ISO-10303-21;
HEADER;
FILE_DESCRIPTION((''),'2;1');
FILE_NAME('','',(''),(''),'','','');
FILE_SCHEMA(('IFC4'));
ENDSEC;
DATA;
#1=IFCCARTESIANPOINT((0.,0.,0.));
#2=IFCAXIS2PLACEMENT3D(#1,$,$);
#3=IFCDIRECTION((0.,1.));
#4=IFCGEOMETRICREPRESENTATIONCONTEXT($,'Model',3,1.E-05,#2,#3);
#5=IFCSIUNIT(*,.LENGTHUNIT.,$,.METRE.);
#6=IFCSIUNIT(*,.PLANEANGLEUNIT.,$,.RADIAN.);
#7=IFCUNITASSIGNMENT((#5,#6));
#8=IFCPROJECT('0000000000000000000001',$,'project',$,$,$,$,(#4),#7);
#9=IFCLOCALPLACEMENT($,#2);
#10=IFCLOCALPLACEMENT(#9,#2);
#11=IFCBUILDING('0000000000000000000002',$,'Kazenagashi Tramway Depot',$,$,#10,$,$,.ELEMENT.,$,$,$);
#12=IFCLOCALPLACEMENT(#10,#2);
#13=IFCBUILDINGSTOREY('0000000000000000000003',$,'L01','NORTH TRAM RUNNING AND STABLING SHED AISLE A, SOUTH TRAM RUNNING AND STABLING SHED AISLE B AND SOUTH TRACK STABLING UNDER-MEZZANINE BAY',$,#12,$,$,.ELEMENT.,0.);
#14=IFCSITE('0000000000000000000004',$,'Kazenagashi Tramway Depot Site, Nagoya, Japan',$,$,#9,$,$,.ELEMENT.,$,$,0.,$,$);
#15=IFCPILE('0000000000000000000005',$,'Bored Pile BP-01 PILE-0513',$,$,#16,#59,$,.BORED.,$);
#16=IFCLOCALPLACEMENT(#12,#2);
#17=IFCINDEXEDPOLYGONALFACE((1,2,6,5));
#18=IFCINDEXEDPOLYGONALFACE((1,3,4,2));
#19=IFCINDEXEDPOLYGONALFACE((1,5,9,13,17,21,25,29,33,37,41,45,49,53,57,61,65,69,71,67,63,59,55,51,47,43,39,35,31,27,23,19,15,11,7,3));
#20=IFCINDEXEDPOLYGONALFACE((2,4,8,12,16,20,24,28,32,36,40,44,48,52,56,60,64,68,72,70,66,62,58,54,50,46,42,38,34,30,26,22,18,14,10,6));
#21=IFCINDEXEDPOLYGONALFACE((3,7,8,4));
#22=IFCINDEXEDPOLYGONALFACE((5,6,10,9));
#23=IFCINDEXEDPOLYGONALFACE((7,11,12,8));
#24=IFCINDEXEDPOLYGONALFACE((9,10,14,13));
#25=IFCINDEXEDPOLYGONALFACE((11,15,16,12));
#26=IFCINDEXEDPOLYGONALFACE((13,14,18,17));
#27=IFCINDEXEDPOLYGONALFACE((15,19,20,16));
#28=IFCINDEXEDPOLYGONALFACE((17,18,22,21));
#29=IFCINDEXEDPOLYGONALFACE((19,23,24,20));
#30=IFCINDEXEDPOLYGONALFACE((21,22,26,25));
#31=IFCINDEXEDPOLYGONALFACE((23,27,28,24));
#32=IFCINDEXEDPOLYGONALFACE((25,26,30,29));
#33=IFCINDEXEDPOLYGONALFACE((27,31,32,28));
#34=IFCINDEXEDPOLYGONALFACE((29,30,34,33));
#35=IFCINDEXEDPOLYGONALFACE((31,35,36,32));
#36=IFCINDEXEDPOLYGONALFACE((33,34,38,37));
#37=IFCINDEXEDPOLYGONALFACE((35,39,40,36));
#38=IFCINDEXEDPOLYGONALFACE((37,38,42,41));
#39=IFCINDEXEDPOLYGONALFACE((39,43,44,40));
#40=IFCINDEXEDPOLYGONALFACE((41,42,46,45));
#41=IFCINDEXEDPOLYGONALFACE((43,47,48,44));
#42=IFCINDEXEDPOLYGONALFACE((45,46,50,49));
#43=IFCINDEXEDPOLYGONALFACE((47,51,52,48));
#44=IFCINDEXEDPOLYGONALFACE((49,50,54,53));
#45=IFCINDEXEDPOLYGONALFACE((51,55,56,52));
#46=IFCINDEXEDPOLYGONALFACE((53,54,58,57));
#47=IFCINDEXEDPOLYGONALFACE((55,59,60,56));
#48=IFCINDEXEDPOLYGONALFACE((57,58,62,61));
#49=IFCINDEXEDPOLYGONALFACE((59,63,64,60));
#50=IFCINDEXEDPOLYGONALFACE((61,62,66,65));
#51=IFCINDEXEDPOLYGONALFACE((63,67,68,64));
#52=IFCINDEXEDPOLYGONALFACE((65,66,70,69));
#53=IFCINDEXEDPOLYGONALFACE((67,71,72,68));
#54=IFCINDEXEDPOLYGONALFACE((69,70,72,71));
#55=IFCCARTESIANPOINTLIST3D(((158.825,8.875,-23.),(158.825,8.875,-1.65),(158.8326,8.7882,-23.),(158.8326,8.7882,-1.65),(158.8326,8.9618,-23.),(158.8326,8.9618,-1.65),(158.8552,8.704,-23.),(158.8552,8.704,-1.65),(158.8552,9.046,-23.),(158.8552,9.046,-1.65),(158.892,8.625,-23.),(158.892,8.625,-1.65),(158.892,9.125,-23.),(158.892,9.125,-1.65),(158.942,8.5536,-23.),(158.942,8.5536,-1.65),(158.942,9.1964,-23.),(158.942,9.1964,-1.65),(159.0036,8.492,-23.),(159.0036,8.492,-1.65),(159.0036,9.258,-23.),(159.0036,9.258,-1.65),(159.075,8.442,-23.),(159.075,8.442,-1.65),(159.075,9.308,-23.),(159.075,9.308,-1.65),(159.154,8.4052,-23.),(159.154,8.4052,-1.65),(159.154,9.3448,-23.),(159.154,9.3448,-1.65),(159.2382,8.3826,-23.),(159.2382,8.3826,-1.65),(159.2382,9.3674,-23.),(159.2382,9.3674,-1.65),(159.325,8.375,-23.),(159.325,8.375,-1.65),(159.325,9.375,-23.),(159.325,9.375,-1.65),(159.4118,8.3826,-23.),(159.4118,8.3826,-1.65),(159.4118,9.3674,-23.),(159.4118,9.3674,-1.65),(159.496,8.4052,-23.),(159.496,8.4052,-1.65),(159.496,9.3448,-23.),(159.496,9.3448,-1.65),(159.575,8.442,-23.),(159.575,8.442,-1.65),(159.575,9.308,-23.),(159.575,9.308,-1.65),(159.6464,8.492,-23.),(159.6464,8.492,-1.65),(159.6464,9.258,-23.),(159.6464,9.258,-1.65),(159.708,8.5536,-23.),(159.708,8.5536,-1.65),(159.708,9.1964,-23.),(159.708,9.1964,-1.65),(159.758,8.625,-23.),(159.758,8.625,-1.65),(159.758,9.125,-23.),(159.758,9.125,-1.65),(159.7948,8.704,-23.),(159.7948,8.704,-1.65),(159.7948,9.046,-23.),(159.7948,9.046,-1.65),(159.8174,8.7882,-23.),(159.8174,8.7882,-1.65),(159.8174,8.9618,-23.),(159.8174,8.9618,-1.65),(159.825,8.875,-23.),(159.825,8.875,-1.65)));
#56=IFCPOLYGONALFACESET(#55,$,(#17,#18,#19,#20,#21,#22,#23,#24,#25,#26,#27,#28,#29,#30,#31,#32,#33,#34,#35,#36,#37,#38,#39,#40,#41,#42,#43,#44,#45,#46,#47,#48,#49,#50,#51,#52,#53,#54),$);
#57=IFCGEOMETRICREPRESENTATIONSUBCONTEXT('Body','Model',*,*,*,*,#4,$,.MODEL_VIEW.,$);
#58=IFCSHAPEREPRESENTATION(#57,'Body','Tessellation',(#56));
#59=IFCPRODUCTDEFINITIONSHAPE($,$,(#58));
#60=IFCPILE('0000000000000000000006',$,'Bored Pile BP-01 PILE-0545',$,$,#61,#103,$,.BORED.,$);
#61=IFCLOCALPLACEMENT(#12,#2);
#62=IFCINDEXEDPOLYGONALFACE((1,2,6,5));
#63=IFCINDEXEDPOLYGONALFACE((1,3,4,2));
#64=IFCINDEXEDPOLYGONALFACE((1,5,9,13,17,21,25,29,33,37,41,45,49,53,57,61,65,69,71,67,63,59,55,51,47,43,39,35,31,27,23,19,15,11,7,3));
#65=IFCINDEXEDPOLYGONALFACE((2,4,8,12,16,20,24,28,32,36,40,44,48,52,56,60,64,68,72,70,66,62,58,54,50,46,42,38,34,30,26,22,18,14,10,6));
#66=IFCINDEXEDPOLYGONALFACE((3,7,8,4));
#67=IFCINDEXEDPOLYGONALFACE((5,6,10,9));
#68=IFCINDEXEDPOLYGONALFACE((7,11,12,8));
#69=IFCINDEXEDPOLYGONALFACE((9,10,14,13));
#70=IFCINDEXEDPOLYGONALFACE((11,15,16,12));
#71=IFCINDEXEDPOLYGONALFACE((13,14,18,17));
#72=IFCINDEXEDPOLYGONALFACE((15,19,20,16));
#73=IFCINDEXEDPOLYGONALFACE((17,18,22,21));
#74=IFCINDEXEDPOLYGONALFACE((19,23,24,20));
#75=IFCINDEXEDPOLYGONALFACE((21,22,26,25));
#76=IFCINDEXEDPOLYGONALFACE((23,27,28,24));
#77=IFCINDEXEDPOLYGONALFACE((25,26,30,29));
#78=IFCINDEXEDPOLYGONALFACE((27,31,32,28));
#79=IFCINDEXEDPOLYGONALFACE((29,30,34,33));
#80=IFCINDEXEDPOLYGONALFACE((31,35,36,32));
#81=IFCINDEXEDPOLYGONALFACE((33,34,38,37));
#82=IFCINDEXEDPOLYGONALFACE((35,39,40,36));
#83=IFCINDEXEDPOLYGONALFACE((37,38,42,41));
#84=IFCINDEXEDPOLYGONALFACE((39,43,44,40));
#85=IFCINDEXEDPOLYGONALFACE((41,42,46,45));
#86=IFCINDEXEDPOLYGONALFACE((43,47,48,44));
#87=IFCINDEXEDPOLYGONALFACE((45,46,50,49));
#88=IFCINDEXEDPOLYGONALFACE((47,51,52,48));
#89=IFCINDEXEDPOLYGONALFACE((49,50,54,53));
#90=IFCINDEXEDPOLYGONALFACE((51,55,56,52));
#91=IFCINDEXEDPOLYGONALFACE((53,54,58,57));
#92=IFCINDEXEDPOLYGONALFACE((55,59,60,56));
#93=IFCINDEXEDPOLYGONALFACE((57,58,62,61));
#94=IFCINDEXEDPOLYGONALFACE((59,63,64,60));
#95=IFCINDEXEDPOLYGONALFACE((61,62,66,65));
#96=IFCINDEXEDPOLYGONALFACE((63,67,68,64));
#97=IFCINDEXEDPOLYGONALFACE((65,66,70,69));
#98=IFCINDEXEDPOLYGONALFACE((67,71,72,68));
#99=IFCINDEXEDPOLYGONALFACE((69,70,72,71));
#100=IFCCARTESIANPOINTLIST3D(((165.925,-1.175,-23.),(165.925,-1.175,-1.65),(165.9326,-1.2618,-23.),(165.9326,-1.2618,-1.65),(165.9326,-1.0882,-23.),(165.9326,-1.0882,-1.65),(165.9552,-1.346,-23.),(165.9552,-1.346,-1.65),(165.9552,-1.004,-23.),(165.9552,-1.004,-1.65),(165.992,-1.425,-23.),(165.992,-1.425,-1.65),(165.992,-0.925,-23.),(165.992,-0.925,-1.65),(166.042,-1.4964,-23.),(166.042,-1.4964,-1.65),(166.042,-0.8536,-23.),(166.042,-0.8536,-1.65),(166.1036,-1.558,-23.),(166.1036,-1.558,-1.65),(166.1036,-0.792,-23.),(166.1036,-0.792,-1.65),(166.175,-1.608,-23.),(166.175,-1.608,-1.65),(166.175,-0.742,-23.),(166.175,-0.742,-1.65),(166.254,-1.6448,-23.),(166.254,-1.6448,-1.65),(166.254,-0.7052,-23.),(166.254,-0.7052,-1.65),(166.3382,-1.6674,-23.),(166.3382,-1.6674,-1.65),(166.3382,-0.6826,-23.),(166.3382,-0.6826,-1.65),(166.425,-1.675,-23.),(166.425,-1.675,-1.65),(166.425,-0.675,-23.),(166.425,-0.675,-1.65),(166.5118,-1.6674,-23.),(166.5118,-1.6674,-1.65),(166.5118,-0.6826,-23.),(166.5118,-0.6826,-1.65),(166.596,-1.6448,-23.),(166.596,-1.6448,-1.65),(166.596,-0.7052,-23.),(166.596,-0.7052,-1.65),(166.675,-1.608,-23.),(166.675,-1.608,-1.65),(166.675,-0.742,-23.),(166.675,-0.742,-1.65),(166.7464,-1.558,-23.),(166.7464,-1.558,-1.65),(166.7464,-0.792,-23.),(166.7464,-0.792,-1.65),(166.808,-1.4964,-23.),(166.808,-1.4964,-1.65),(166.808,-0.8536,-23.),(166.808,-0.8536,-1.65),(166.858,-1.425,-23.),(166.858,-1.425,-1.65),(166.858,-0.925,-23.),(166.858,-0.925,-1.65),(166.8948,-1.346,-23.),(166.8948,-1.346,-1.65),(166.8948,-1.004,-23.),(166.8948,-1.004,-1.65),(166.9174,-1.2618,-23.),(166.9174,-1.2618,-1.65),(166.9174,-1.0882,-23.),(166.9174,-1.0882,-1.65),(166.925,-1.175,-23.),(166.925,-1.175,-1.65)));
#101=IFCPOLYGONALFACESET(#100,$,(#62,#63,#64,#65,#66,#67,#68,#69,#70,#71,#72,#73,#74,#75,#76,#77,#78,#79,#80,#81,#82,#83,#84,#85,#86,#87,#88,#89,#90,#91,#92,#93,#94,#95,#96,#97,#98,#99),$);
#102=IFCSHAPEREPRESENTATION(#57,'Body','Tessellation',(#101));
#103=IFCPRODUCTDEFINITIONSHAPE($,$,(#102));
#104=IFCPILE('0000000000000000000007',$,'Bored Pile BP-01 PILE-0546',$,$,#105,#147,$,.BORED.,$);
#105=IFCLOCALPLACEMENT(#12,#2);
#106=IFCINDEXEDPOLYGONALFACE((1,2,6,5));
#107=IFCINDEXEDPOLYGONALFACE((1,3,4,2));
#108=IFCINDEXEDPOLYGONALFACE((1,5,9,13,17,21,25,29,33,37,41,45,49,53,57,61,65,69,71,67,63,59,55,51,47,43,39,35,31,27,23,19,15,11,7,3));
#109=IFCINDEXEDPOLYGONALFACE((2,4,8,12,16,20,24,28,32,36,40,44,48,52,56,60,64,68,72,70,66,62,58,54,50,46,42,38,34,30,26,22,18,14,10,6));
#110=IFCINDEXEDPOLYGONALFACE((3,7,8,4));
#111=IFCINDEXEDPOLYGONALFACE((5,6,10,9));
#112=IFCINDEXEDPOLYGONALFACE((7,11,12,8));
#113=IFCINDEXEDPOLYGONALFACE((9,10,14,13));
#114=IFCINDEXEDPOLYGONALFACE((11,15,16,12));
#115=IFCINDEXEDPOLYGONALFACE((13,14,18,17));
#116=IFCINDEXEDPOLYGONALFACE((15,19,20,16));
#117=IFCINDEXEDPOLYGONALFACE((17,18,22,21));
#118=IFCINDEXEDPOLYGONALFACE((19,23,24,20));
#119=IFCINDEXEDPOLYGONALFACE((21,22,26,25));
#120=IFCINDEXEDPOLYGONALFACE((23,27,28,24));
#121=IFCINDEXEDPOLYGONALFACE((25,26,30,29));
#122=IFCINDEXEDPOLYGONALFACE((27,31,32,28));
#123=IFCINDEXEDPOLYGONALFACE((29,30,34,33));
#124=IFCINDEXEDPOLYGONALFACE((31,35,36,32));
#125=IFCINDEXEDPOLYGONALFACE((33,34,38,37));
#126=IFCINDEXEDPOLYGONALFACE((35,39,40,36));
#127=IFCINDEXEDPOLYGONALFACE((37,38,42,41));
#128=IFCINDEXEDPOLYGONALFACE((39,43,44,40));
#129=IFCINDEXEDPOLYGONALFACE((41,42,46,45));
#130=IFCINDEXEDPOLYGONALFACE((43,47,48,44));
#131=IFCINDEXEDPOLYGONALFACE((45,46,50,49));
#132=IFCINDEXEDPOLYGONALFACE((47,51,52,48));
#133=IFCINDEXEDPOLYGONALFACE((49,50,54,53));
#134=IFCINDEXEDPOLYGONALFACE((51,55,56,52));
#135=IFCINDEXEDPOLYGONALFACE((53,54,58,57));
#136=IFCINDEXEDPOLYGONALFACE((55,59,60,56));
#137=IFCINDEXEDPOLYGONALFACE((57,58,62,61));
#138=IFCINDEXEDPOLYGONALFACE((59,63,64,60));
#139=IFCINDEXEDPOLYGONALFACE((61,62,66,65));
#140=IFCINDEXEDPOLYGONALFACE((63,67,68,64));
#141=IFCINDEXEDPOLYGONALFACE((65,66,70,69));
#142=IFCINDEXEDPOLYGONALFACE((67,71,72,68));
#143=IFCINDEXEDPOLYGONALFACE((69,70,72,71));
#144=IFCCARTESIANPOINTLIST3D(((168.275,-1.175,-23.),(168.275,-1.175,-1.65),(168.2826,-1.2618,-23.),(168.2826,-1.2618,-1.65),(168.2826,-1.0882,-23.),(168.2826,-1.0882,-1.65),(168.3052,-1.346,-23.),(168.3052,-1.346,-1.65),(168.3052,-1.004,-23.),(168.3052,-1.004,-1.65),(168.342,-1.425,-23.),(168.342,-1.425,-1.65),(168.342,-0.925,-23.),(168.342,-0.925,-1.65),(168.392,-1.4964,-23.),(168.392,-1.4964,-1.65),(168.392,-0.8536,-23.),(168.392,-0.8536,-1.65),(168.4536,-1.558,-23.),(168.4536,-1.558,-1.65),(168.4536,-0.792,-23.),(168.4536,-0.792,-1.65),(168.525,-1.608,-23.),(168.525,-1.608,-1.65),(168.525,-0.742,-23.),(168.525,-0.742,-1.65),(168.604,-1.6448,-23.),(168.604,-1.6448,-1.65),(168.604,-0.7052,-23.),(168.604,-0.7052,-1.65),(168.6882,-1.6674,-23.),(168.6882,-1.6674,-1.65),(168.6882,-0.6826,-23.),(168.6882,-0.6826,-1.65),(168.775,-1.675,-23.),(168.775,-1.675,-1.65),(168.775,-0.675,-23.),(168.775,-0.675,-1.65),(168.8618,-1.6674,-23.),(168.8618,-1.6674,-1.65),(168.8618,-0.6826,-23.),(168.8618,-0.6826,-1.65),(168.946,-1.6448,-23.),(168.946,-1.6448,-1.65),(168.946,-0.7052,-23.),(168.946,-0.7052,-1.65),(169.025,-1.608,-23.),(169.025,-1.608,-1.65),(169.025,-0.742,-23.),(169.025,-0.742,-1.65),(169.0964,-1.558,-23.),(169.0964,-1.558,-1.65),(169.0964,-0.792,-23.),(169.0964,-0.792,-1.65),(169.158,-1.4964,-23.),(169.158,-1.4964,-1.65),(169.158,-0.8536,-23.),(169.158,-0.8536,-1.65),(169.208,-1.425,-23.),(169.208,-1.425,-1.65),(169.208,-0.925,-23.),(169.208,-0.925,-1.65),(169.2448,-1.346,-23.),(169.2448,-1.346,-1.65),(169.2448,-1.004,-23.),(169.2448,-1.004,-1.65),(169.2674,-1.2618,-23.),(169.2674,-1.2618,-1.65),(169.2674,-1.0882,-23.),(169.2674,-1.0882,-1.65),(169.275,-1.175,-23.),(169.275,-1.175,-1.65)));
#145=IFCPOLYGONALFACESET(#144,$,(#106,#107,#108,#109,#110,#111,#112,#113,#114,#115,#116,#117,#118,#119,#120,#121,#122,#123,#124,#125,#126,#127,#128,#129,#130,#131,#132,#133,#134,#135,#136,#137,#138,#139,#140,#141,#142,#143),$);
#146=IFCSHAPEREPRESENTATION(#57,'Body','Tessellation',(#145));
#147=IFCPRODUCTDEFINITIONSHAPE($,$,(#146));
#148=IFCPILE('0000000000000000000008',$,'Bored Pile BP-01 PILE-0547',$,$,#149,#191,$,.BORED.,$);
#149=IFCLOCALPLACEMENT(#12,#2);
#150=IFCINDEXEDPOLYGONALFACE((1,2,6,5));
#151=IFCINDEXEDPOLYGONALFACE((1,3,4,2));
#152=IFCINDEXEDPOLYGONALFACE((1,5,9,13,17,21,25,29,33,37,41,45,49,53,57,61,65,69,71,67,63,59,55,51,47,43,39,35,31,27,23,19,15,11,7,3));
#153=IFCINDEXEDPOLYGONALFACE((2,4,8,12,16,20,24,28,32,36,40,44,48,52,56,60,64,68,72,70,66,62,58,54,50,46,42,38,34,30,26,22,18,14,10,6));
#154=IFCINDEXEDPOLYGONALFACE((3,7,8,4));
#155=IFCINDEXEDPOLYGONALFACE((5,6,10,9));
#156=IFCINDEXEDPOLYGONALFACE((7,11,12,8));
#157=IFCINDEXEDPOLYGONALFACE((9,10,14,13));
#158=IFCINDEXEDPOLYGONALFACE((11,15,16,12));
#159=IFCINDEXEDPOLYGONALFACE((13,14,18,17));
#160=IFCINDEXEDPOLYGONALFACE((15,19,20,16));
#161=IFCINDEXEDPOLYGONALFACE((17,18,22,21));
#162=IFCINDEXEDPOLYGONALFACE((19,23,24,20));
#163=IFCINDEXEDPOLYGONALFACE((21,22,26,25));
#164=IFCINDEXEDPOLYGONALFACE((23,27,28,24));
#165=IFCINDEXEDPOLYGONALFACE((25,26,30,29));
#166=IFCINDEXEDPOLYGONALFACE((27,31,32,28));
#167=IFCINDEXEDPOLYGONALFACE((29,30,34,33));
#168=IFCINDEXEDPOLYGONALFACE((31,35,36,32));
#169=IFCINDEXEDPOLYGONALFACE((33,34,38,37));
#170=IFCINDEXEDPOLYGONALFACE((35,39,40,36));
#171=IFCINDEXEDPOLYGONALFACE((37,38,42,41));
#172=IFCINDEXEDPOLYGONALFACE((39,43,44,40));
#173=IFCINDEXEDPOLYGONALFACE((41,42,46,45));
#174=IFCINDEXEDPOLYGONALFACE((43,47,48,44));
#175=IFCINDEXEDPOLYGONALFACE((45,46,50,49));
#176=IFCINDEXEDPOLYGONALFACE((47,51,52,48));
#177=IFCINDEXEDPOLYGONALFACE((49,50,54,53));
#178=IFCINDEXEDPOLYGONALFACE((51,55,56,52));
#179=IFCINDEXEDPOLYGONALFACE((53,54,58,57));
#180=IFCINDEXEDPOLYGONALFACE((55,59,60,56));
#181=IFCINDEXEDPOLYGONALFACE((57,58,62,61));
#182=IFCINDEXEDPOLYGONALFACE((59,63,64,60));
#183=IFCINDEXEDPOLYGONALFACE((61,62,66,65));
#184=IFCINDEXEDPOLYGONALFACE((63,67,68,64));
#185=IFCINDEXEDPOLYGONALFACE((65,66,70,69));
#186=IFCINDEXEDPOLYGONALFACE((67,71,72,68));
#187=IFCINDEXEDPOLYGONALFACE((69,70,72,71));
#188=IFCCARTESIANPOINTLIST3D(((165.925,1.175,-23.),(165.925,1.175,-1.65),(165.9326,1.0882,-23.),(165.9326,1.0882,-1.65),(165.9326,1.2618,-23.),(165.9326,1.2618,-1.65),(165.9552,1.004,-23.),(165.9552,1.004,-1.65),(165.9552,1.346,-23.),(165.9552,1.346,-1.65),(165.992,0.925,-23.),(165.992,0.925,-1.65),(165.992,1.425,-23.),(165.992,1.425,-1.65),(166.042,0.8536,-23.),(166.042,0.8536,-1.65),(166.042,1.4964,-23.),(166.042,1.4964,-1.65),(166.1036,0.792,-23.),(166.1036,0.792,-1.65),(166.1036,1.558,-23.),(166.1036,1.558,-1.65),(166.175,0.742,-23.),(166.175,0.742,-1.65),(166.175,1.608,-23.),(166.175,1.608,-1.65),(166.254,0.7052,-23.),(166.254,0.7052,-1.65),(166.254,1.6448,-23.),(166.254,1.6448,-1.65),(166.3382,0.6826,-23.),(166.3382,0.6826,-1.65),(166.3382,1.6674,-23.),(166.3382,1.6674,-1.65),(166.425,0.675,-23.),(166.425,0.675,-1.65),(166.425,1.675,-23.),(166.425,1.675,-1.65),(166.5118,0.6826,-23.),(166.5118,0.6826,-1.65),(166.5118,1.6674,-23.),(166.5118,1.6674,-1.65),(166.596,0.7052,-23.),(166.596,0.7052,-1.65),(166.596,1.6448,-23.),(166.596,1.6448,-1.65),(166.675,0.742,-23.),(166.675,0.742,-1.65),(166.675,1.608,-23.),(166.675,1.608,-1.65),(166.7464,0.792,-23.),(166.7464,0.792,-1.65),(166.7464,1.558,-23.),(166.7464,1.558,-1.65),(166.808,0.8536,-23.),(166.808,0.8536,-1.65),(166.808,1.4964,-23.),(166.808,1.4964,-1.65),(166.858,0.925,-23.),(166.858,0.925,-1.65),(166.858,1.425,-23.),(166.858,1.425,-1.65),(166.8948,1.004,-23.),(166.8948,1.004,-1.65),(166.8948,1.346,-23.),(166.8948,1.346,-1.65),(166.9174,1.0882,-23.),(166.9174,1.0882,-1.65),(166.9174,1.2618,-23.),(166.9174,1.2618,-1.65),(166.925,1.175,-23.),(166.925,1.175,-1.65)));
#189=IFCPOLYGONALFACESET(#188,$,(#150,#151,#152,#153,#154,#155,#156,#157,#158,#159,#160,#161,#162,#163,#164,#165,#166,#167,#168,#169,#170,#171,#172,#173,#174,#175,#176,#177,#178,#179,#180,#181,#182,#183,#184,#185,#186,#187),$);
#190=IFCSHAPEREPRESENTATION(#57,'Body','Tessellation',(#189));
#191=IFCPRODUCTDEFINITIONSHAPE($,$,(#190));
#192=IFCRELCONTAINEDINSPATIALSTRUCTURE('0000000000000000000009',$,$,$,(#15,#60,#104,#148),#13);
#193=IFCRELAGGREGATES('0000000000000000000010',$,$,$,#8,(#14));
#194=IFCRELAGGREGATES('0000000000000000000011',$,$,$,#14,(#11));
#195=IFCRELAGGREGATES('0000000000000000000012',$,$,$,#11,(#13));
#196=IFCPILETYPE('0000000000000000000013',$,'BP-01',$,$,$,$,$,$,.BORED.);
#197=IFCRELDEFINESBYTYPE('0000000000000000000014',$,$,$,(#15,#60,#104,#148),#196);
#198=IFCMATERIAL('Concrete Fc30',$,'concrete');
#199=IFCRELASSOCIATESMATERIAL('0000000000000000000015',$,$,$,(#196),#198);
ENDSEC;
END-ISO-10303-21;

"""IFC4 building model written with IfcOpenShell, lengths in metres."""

from ifc_helpers import new_model, si_unit, direction, frame, origin, origin_2d, place, context, subcontext, project, spatial, circle, extrude, material, material_profile, profile_set, type_object, element, save


model = new_model("IFC4")

# Units and contexts
model_context = context("Model", 3, precision=1e-05, world=origin(), true_north=direction((0.0, 1.0)))
body_context = subcontext(model_context, "Body", "Model", "MODEL_VIEW")
ifc_project = project(units=[si_unit("LENGTHUNIT", "METRE"), si_unit("PLANEANGLEUNIT", "RADIAN")], contexts=[model_context])

# Site, building, storey
site_placement = place(None, origin())
site = spatial("IfcSite", under=ifc_project, at=site_placement, Name="Kazenagashi Tramway Depot Site, Nagoya, Japan", CompositionType="ELEMENT", RefElevation=0.0)
building_placement = place(site_placement, origin())
building = spatial("IfcBuilding", under=site, at=building_placement, Name="Kazenagashi Tramway Depot", CompositionType="ELEMENT")
storey_placement = place(building_placement, origin())
storey = spatial("IfcBuildingStorey", under=building, at=storey_placement, Name="L01", Description="NORTH TRAM RUNNING AND STABLING SHED AISLE A, SOUTH TRAM RUNNING AND STABLING SHED AISLE B AND SOUTH TRACK STABLING UNDER-MEZZANINE BAY", CompositionType="ELEMENT", Elevation=0.0)

# Piles
ifc_material_1 = material(Name="Concrete Fc30", Category="concrete")
ifc_material_profile_1 = material_profile(ifc_material_1, circle(Radius=0.5, at=origin_2d()), Name="PILE-1000")
ifc_profile_set_1 = profile_set([ifc_material_profile_1], Name="Concrete Fc30")
pile_type = type_object("IfcPileType", Name="BP-01", PredefinedType="BORED", material=ifc_profile_set_1)
for number, where, z_axis, x_axis, name in (
    (1, (159.325, 8.875, -1.65), (0.0, 0.0, -1.0), (1.0, 0.0, 0.0), "Bored Pile BP-01 PILE-0513"),
    (2, (166.425, -1.175, -1.65), (0.0, 0.0, -1.0), (1.0, 0.0, 0.0), "Bored Pile BP-01 PILE-0545"),
    (3, (168.775, -1.175, -1.65), (0.0, 0.0, -1.0), (1.0, 0.0, 0.0), "Bored Pile BP-01 PILE-0546"),
    (4, (166.425, 1.175, -1.65), (0.0, 0.0, -1.0), (1.0, 0.0, 0.0), "Bored Pile BP-01 PILE-0547"),
):
    element("IfcPile", number, at=place(storey_placement, frame(where, z_axis=z_axis, x_axis=x_axis)), inside=storey, type_object=pile_type, Name=name, PredefinedType="BORED", context=body_context, shape_type="SweptSolid", body=[
        extrude(circle(Radius=0.5, at=origin_2d()), origin(), (0.0, 0.0, 1.0), 21.35),
    ])

save(model, "model.ifc")
